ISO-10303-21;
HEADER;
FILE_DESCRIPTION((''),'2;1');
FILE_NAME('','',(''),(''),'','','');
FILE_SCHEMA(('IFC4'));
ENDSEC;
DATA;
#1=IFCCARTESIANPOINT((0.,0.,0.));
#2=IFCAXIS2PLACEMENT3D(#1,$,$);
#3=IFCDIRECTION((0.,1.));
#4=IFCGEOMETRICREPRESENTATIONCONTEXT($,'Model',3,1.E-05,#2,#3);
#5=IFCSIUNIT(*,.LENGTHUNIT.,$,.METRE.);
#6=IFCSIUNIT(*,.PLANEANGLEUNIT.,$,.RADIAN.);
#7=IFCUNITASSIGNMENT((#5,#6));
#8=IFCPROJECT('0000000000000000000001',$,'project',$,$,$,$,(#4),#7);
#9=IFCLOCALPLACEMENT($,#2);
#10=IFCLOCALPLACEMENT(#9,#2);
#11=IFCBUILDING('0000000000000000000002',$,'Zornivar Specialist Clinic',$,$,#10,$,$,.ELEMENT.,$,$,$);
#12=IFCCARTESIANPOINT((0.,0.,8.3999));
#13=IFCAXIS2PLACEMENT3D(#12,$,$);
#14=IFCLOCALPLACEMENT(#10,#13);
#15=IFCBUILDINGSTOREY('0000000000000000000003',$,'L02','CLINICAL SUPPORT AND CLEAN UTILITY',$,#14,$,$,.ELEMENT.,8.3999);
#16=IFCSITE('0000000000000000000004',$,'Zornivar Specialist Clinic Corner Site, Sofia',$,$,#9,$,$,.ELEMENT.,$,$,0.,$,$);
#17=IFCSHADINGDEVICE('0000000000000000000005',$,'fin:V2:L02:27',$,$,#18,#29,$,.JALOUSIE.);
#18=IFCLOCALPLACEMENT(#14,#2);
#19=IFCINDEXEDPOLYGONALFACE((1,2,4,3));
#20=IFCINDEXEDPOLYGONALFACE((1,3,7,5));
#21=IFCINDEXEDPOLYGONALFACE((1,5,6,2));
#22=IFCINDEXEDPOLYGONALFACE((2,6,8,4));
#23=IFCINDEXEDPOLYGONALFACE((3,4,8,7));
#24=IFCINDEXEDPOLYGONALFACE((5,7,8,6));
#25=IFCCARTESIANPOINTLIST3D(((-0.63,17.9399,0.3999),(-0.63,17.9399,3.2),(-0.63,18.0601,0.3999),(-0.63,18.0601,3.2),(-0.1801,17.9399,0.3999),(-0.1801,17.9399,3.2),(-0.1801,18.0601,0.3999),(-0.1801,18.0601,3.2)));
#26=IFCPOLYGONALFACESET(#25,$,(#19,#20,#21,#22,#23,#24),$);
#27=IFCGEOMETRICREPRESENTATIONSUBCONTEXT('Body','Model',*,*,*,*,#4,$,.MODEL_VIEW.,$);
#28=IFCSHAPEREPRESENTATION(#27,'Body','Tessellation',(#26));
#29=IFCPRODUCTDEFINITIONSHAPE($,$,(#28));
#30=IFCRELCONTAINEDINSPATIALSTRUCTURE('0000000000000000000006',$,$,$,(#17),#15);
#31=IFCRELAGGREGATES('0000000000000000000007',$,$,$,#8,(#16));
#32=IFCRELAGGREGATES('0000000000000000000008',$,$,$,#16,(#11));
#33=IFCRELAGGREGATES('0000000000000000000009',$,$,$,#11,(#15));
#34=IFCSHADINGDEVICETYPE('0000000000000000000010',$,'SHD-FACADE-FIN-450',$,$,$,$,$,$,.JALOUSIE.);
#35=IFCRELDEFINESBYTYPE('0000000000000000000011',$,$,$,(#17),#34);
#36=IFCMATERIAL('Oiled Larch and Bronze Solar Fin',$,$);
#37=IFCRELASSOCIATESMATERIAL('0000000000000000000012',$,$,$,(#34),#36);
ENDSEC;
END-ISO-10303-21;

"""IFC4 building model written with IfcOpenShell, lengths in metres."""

from ifc_helpers import new_model, si_unit, direction, frame, origin, origin_2d, place, context, subcontext, project, spatial, rectangle, extrude, material, type_object, element, save


model = new_model("IFC4")

# Units and contexts
model_context = context("Model", 3, precision=1e-05, world=origin(), true_north=direction((0.0, 1.0)))
body_context = subcontext(model_context, "Body", "Model", "MODEL_VIEW")
ifc_project = project(units=[si_unit("LENGTHUNIT", "METRE"), si_unit("PLANEANGLEUNIT", "RADIAN")], contexts=[model_context])

# Site, building, storey
site_placement = place(None, origin())
site = spatial("IfcSite", under=ifc_project, at=site_placement, Name="Zornivar Specialist Clinic Corner Site, Sofia", CompositionType="ELEMENT", RefElevation=0.0)
building_placement = place(site_placement, origin())
building = spatial("IfcBuilding", under=site, at=building_placement, Name="Zornivar Specialist Clinic", CompositionType="ELEMENT")
storey_placement = place(building_placement, frame((0.0, 0.0, 8.3999)))
storey = spatial("IfcBuildingStorey", under=building, at=storey_placement, Name="L02", Description="CLINICAL SUPPORT AND CLEAN UTILITY", CompositionType="ELEMENT", Elevation=8.3999)

# Shading device
ifc_material_1 = material(Name="Oiled Larch and Bronze Solar Fin")
shading_device_type = type_object("IfcShadingDeviceType", Name="SHD-FACADE-FIN-450", PredefinedType="JALOUSIE", material=ifc_material_1)
for number, where, z_axis, x_axis, name in (
    (1, (-0.405, 18.0, 0.3999), (0.0, 0.0, 1.0), (0.0, -1.0, 0.0), "fin:V2:L02:27"),
):
    element("IfcShadingDevice", number, at=place(storey_placement, frame(where, z_axis=z_axis, x_axis=x_axis)), inside=storey, type_object=shading_device_type, Name=name, PredefinedType="JALOUSIE", context=body_context, shape_type="SweptSolid", body=[
        extrude(rectangle(XDim=0.1201, YDim=0.45, at=origin_2d()), origin(), (0.0, 0.0, 1.0), 2.8),
    ])

save(model, "model.ifc")
